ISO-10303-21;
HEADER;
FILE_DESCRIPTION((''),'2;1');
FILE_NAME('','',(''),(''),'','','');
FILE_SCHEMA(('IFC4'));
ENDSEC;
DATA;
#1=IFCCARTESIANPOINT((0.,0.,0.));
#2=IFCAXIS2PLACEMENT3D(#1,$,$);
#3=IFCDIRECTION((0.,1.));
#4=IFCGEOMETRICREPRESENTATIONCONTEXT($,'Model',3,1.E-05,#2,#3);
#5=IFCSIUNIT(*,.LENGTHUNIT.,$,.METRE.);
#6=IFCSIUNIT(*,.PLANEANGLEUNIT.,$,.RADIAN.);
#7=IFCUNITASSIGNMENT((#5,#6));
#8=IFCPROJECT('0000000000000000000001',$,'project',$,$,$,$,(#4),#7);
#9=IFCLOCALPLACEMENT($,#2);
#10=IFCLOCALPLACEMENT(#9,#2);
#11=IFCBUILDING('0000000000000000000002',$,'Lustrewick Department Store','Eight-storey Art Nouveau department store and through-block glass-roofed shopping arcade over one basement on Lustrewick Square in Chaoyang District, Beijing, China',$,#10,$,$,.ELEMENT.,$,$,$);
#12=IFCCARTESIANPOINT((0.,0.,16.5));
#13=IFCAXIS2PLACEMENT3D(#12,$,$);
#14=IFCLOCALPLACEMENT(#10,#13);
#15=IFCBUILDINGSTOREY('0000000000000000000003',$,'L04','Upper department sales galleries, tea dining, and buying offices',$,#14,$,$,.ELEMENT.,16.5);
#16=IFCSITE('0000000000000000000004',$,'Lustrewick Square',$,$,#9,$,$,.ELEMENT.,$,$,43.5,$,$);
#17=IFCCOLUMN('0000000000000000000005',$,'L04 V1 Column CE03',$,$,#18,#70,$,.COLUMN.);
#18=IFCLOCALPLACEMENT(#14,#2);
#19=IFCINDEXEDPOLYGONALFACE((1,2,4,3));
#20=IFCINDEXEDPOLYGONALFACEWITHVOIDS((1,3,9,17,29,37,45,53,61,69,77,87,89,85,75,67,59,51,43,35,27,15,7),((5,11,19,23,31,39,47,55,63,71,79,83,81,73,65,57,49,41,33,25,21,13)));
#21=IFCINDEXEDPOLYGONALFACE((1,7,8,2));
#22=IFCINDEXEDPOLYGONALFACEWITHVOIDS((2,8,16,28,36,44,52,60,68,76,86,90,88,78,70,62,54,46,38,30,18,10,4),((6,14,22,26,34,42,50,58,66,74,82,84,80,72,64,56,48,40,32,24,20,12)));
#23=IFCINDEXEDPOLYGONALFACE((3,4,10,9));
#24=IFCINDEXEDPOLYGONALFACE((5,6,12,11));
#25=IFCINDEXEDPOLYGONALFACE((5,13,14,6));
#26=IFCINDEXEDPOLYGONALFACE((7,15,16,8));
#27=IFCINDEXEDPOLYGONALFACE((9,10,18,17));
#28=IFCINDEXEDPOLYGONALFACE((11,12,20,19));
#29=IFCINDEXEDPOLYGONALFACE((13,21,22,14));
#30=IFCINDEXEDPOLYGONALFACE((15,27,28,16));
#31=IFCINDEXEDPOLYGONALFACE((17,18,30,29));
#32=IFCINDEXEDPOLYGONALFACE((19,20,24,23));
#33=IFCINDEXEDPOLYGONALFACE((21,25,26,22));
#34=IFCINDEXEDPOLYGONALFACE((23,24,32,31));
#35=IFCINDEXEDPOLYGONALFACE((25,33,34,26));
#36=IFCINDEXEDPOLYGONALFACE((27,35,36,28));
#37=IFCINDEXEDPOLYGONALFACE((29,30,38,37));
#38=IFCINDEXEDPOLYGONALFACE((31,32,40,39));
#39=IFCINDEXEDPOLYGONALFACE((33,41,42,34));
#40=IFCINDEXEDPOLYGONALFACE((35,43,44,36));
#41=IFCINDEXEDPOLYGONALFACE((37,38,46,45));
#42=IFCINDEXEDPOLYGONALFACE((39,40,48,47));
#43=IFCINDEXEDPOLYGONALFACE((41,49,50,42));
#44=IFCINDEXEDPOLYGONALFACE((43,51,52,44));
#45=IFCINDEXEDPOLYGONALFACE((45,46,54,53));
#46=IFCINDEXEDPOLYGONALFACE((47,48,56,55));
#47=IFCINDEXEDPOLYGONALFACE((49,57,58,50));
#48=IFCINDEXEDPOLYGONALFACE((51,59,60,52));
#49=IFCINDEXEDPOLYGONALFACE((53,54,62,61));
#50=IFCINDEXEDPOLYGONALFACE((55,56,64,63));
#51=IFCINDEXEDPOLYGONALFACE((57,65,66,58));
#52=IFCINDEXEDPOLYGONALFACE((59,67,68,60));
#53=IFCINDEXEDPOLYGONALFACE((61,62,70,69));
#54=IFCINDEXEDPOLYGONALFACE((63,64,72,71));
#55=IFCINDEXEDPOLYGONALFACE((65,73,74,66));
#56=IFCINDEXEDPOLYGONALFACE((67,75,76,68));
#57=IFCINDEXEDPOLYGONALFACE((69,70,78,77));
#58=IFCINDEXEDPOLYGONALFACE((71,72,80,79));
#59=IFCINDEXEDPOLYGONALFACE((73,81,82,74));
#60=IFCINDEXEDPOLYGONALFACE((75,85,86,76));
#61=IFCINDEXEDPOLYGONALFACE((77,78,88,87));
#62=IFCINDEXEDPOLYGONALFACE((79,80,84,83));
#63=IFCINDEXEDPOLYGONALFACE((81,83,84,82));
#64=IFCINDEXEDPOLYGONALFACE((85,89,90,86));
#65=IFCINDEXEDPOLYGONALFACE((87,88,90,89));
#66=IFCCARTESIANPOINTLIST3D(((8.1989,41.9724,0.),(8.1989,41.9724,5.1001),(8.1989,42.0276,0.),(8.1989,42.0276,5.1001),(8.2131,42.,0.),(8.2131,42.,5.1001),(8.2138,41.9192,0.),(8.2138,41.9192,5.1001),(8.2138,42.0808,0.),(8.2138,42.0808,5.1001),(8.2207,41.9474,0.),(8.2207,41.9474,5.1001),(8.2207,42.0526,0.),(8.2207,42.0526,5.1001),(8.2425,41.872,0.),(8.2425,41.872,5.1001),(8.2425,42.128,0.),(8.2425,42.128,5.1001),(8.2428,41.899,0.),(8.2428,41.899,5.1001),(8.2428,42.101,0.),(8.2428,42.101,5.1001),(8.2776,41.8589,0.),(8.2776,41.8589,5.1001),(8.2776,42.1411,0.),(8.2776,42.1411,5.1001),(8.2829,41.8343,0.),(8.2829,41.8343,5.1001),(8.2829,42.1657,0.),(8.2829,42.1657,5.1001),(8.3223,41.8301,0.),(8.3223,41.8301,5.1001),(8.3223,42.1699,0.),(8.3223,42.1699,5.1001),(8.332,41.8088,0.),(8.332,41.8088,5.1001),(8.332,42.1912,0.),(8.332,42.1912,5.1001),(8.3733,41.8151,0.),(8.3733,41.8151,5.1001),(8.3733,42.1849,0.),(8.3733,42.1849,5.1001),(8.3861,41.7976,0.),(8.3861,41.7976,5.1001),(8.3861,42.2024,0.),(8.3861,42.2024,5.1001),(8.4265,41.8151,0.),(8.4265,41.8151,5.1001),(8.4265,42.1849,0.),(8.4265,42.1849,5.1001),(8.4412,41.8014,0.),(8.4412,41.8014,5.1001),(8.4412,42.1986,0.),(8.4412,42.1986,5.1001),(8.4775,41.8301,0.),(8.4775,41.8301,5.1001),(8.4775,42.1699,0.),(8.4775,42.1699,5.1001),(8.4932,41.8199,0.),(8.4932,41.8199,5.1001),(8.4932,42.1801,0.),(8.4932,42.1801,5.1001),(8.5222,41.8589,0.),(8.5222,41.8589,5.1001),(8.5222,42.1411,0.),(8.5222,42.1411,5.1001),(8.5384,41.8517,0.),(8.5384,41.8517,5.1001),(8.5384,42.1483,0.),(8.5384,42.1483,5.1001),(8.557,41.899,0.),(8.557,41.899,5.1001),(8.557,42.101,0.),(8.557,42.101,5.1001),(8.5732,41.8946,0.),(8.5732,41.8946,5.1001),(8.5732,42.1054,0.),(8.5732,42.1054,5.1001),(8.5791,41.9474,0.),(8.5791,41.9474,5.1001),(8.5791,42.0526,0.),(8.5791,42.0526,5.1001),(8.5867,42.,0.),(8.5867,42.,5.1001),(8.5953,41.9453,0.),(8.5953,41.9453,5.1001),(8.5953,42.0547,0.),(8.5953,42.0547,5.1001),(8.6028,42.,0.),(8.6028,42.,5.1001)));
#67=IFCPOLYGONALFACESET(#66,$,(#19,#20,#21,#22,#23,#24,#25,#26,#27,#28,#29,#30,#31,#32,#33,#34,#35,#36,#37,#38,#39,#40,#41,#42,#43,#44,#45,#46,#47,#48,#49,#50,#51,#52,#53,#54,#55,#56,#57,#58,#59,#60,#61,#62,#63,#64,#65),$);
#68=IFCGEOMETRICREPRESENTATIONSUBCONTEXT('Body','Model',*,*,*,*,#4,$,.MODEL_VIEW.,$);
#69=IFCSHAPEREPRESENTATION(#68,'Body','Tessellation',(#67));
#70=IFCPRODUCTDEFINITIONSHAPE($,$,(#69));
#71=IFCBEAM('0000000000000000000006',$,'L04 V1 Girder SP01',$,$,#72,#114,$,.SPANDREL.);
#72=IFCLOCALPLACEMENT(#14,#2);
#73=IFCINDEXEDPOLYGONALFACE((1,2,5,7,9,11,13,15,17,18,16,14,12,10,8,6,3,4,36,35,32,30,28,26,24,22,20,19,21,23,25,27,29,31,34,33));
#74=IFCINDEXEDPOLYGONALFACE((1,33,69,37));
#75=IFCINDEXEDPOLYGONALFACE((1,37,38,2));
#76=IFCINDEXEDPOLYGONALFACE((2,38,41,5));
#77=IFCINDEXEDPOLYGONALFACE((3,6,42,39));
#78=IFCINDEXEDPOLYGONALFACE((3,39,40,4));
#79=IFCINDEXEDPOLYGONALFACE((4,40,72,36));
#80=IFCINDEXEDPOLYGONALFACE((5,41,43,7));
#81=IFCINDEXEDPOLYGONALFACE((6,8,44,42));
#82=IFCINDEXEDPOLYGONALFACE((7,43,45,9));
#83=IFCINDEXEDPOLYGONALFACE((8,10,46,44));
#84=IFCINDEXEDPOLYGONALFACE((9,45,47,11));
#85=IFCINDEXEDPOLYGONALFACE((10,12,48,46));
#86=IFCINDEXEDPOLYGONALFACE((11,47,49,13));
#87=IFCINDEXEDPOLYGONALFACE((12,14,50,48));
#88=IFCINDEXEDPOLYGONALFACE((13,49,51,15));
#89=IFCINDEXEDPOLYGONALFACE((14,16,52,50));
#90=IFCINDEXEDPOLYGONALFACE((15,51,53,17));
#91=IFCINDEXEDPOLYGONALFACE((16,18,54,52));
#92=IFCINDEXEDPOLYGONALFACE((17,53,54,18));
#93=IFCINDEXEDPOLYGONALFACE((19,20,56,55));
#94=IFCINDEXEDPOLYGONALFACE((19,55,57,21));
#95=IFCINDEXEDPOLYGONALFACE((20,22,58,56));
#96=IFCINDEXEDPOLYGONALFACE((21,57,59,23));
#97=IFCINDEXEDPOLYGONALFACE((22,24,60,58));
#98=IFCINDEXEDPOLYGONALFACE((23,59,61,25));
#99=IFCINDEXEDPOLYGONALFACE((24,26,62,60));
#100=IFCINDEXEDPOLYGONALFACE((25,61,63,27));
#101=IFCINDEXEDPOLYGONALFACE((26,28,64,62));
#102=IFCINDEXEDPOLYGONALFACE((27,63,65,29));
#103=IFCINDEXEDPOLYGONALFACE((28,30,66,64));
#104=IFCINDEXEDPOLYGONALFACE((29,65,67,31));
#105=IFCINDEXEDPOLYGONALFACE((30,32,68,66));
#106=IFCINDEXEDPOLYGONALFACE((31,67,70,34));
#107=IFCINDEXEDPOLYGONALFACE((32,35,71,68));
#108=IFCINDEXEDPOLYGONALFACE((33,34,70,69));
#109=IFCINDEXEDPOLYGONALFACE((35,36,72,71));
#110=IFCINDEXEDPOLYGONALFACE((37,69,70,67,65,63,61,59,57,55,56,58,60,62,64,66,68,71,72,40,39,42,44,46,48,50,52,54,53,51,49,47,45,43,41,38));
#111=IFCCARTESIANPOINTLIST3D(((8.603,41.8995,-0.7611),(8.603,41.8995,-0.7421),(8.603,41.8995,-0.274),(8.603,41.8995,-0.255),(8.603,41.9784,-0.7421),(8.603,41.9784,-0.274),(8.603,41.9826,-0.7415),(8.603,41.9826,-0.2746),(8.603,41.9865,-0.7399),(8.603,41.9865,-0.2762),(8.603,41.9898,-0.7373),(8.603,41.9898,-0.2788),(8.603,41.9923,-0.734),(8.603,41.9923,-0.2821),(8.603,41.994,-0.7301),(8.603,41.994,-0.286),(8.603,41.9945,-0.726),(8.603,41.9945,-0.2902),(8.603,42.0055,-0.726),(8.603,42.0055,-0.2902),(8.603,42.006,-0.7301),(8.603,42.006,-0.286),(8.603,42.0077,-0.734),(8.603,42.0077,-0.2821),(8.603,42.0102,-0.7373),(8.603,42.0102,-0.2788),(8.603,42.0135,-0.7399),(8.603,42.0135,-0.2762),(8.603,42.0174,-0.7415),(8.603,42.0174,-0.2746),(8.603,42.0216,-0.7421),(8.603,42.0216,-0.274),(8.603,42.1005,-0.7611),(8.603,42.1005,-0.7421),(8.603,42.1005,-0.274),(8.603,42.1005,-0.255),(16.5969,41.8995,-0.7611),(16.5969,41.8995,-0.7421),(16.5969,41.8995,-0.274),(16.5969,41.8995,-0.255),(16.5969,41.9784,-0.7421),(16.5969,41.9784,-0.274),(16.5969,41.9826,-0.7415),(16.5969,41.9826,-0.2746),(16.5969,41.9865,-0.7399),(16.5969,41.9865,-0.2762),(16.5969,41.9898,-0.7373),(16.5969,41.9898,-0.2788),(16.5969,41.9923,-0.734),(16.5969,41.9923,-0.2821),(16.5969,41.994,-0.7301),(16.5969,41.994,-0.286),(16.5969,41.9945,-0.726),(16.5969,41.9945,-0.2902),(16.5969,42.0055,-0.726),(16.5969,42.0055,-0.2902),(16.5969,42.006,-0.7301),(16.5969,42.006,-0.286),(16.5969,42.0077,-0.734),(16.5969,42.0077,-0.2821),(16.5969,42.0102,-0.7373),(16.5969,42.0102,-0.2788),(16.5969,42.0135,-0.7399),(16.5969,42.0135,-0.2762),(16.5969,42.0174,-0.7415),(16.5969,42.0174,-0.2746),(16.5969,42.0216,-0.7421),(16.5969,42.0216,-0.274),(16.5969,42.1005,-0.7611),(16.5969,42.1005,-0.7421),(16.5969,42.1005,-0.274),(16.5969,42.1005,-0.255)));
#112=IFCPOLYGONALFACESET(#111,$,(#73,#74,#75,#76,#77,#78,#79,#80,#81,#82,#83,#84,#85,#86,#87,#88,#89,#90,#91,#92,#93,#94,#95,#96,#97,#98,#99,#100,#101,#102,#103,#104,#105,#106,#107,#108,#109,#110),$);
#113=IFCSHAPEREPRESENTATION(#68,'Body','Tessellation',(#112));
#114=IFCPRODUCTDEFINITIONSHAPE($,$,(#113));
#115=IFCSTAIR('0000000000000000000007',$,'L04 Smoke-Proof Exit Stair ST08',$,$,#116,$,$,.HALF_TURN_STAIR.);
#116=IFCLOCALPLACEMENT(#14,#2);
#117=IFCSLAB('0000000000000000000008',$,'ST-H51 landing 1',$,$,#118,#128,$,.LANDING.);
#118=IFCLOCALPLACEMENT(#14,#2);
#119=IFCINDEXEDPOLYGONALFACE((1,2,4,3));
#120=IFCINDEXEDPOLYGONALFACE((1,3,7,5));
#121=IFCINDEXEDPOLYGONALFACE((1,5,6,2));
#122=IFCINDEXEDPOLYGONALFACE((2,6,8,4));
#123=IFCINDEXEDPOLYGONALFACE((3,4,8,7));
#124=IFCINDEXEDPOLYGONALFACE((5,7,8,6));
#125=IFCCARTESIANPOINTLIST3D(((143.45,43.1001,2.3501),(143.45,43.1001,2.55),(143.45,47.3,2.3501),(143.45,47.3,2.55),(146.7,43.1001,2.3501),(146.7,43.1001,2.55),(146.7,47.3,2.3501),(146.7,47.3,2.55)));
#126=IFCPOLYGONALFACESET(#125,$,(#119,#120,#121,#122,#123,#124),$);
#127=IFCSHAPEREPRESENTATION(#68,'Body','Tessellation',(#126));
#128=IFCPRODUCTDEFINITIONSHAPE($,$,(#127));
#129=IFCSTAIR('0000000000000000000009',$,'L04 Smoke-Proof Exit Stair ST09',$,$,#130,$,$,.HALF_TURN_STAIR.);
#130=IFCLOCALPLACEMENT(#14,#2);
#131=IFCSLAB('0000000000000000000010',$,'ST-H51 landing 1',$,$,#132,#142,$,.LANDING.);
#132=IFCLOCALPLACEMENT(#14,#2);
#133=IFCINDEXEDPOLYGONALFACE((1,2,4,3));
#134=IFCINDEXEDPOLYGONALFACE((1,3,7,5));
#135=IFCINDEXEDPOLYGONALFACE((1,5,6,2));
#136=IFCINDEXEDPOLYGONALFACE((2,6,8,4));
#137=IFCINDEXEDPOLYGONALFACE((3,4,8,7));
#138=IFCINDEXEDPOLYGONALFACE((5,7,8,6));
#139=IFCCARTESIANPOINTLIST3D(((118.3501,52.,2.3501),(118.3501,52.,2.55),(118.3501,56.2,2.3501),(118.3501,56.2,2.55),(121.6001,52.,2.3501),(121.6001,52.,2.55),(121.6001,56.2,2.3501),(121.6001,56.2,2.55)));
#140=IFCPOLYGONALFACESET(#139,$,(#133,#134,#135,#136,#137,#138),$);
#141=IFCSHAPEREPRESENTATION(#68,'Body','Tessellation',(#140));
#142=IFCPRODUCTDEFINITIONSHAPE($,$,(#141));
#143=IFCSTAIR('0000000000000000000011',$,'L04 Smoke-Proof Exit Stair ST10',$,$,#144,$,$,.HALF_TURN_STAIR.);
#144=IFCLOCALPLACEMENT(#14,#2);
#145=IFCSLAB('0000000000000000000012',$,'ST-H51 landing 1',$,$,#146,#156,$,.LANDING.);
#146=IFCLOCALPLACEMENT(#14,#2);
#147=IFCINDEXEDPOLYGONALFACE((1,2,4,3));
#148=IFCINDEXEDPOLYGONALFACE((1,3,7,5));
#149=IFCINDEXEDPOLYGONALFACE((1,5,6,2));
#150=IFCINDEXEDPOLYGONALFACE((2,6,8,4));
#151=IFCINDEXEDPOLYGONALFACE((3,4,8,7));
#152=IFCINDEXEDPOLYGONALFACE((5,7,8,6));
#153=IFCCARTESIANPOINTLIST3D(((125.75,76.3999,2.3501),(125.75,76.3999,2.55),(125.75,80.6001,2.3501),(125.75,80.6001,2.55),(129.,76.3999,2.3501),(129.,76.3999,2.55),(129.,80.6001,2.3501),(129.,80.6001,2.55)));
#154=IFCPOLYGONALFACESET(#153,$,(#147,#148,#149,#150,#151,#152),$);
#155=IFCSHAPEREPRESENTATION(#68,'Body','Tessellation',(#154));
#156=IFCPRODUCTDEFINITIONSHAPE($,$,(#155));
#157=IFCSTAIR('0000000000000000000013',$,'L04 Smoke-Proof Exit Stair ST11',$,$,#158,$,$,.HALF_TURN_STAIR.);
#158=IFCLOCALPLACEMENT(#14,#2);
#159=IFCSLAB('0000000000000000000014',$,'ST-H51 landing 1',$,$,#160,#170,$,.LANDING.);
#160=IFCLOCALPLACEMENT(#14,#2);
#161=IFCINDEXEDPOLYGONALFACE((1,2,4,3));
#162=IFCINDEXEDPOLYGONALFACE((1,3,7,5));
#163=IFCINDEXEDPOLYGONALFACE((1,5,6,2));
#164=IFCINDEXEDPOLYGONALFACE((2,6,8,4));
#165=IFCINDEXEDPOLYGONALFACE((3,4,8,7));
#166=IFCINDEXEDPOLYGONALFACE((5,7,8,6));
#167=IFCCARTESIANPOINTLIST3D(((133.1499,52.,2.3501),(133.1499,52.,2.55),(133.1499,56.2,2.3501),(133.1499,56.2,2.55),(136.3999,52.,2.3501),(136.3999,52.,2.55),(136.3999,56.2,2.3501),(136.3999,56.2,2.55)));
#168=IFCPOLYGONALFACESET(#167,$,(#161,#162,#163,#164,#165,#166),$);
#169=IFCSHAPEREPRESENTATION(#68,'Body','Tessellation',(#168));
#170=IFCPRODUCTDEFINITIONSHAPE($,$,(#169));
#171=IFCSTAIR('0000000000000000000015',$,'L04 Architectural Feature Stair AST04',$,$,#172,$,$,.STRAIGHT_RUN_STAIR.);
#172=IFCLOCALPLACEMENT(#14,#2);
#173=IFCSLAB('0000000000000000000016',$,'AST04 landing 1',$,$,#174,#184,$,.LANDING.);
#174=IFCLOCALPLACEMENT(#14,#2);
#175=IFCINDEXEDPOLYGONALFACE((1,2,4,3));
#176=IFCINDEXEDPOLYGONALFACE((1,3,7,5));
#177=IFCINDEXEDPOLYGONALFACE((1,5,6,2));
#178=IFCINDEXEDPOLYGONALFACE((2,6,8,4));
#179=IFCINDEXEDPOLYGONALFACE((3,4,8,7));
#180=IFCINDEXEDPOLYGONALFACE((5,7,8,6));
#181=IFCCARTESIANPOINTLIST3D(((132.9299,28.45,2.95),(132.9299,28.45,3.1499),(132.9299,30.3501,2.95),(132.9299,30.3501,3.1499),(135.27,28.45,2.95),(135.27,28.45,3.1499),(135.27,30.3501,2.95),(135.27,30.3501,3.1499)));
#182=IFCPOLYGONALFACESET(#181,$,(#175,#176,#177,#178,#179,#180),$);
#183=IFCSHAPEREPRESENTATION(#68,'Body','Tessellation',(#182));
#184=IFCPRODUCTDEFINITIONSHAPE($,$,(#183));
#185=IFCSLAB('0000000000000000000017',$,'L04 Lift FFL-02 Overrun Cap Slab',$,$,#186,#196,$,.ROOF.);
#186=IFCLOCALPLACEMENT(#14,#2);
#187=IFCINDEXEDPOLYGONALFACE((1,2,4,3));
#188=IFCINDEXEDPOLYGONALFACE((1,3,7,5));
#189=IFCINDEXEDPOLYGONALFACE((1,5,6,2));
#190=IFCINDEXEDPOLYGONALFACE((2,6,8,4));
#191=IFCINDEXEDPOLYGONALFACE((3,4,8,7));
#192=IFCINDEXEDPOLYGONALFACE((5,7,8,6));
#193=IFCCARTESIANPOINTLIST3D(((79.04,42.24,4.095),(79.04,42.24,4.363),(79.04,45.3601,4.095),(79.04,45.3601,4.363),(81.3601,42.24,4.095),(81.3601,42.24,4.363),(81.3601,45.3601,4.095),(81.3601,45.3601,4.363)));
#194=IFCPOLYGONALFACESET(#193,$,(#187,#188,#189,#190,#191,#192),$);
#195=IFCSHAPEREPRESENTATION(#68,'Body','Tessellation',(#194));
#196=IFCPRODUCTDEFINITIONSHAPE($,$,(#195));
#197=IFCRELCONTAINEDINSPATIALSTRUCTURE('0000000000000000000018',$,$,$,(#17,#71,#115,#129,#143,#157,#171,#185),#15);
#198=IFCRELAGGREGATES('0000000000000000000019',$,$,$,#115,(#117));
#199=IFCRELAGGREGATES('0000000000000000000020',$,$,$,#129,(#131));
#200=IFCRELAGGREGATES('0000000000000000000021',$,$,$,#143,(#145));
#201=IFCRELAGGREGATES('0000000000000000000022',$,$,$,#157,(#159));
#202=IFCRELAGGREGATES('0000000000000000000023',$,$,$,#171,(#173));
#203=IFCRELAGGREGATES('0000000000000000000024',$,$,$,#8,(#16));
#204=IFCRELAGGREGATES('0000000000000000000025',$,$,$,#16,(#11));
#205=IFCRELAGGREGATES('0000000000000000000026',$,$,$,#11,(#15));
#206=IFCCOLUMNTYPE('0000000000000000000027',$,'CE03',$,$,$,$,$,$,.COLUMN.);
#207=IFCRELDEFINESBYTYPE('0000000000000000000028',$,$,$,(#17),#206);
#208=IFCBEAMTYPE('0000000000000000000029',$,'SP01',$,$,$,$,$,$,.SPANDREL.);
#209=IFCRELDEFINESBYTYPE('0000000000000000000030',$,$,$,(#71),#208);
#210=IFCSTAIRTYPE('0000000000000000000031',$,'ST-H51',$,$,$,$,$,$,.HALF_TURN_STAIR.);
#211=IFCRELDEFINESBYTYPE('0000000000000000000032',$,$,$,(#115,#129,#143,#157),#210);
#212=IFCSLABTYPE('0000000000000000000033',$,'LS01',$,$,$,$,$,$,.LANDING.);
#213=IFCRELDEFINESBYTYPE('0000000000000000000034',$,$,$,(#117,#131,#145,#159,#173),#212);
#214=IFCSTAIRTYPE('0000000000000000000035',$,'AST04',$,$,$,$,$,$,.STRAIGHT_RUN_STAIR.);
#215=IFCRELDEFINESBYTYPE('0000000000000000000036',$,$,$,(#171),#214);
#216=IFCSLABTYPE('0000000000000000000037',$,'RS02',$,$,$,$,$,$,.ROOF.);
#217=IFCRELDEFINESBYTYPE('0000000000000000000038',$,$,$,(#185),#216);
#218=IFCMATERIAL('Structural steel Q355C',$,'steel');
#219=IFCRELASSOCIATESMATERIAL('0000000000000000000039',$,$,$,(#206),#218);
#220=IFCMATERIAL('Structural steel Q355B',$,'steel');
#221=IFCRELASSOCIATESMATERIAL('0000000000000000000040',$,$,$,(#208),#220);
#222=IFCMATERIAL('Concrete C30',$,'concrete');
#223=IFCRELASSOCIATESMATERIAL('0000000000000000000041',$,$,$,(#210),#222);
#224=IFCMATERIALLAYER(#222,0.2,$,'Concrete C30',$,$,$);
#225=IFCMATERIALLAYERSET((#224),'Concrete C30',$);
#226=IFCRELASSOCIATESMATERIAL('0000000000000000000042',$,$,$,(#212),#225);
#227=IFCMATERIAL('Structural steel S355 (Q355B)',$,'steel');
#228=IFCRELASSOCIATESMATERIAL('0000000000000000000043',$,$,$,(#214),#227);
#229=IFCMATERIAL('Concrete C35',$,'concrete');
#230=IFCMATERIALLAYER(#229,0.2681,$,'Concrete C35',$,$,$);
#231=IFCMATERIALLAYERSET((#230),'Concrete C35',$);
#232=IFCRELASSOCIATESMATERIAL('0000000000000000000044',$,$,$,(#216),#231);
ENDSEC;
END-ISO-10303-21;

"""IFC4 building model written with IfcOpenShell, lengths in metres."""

from ifc_helpers import new_model, si_unit, direction, frame, origin, origin_2d, place, context, subcontext, project, spatial, polyline, hollow_circle, i_section, outline, extrude, material, layer, layer_set, material_profile, profile_set, type_object, element, aggregate, save


model = new_model("IFC4")

# Units and contexts
model_context = context("Model", 3, precision=1e-05, world=origin(), true_north=direction((0.0, 1.0)))
body_context = subcontext(model_context, "Body", "Model", "MODEL_VIEW")
ifc_project = project(units=[si_unit("LENGTHUNIT", "METRE"), si_unit("PLANEANGLEUNIT", "RADIAN")], contexts=[model_context])

# Site, building, storey
site_placement = place(None, origin())
site = spatial("IfcSite", under=ifc_project, at=site_placement, Name="Lustrewick Square", CompositionType="ELEMENT", RefElevation=43.5)
building_placement = place(site_placement, origin())
building = spatial("IfcBuilding", under=site, at=building_placement, Name="Lustrewick Department Store", Description="Eight-storey Art Nouveau department store and through-block glass-roofed shopping arcade over one basement on Lustrewick Square in Chaoyang District, Beijing, China", CompositionType="ELEMENT")
storey_placement = place(building_placement, frame((0.0, 0.0, 16.5)))
storey = spatial("IfcBuildingStorey", under=building, at=storey_placement, Name="L04", Description="Upper department sales galleries, tea dining, and buying offices", CompositionType="ELEMENT", Elevation=16.5)

# Column
ifc_material_1 = material(Name="Structural steel Q355C", Category="steel")
ifc_material_profile_1 = material_profile(ifc_material_1, hollow_circle(Radius=0.2029, WallThickness=0.0161, at=origin_2d()), Name="CHS 406x16")
ifc_profile_set_1 = profile_set([ifc_material_profile_1], Name="Structural steel Q355C")
column_type = type_object("IfcColumnType", Name="CE03", PredefinedType="COLUMN", material=ifc_profile_set_1)
column_placement = place(storey_placement, frame((8.3999, 42.0, 0.0), z_axis=(0.0, 0.0, 1.0), x_axis=(1.0, 0.0, 0.0)))
element("IfcColumn", 1, at=column_placement, inside=storey, type_object=column_type, Name="L04 V1 Column CE03", PredefinedType="COLUMN", context=body_context, shape_type="SweptSolid", body=[
    extrude(hollow_circle(Radius=0.2029, WallThickness=0.0161, at=origin_2d()), origin(), (0.0, 0.0, 1.0), 5.1001),
])

# Beam
ifc_material_2 = material(Name="Structural steel Q355B", Category="steel")
ifc_material_profile_2 = material_profile(ifc_material_2, i_section(OverallWidth=0.2009, OverallDepth=0.5061, WebThickness=0.011, FlangeThickness=0.019, FilletRadius=0.0161, at=origin_2d()), Name="HN 506x201x11x19")
ifc_profile_set_2 = profile_set([ifc_material_profile_2], Name="Structural steel Q355B")
beam_type = type_object("IfcBeamType", Name="SP01", PredefinedType="SPANDREL", material=ifc_profile_set_2)
beam_placement = place(storey_placement, frame((8.603, 42.0, -0.5081), z_axis=(1.0, 0.0, 0.0), x_axis=(0.0, 1.0, 0.0)))
element("IfcBeam", 2, at=beam_placement, inside=storey, type_object=beam_type, Name="L04 V1 Girder SP01", PredefinedType="SPANDREL", context=body_context, shape_type="SweptSolid", body=[
    extrude(i_section(OverallWidth=0.2009, OverallDepth=0.5061, WebThickness=0.011, FlangeThickness=0.019, FilletRadius=0.0161, at=origin_2d()), origin(), (0.0, 0.0, 1.0), 7.9939),
])

# Stairs, slabs
ifc_material_3 = material(Name="Concrete C30", Category="concrete")
stair_type_1 = type_object("IfcStairType", Name="ST-H51", PredefinedType="HALF_TURN_STAIR", material=ifc_material_3)
stair_1_placement = place(storey_placement, origin())
stair_1 = element("IfcStair", 3, at=stair_1_placement, inside=storey, type_object=stair_type_1, Name="L04 Smoke-Proof Exit Stair ST08", PredefinedType="HALF_TURN_STAIR")
ifc_layer_1 = layer(ifc_material_3, 0.2, Name="Concrete C30")
ifc_layer_set_1 = layer_set([ifc_layer_1], Name="Concrete C30")
slab_type_1 = type_object("IfcSlabType", Name="LS01", PredefinedType="LANDING", material=ifc_layer_set_1)
slab_1_placement = place(storey_placement, frame((0.0, 0.0, 2.3501)))
slab_1 = element("IfcSlab", 4, at=slab_1_placement, type_object=slab_type_1, Name="ST-H51 landing 1", PredefinedType="LANDING", context=body_context, shape_type="SweptSolid", body=[
    extrude(outline(polyline([(143.45, 43.1001), (146.7, 43.1001), (146.7, 47.3), (143.45, 47.3), (143.45, 43.1001)])), origin(), (0.0, 0.0, 1.0), 0.2),
])
aggregate(stair_1, [slab_1])
stair_2_placement = place(storey_placement, origin())
stair_2 = element("IfcStair", 5, at=stair_2_placement, inside=storey, type_object=stair_type_1, Name="L04 Smoke-Proof Exit Stair ST09", PredefinedType="HALF_TURN_STAIR")
slab_2_placement = place(storey_placement, frame((0.0, 0.0, 2.3501)))
slab_2 = element("IfcSlab", 6, at=slab_2_placement, type_object=slab_type_1, Name="ST-H51 landing 1", PredefinedType="LANDING", context=body_context, shape_type="SweptSolid", body=[
    extrude(outline(polyline([(118.3501, 52.0), (121.6001, 52.0), (121.6001, 56.2), (118.3501, 56.2), (118.3501, 52.0)])), origin(), (0.0, 0.0, 1.0), 0.2),
])
aggregate(stair_2, [slab_2])
stair_3_placement = place(storey_placement, origin())
stair_3 = element("IfcStair", 7, at=stair_3_placement, inside=storey, type_object=stair_type_1, Name="L04 Smoke-Proof Exit Stair ST10", PredefinedType="HALF_TURN_STAIR")
slab_3_placement = place(storey_placement, frame((0.0, 0.0, 2.3501)))
slab_3 = element("IfcSlab", 8, at=slab_3_placement, type_object=slab_type_1, Name="ST-H51 landing 1", PredefinedType="LANDING", context=body_context, shape_type="SweptSolid", body=[
    extrude(outline(polyline([(125.75, 76.3999), (129.0, 76.3999), (129.0, 80.6001), (125.75, 80.6001), (125.75, 76.3999)])), origin(), (0.0, 0.0, 1.0), 0.2),
])
aggregate(stair_3, [slab_3])
stair_4_placement = place(storey_placement, origin())
stair_4 = element("IfcStair", 9, at=stair_4_placement, inside=storey, type_object=stair_type_1, Name="L04 Smoke-Proof Exit Stair ST11", PredefinedType="HALF_TURN_STAIR")
slab_4_placement = place(storey_placement, frame((0.0, 0.0, 2.3501)))
slab_4 = element("IfcSlab", 10, at=slab_4_placement, type_object=slab_type_1, Name="ST-H51 landing 1", PredefinedType="LANDING", context=body_context, shape_type="SweptSolid", body=[
    extrude(outline(polyline([(133.1499, 52.0), (136.3999, 52.0), (136.3999, 56.2), (133.1499, 56.2), (133.1499, 52.0)])), origin(), (0.0, 0.0, 1.0), 0.2),
])
aggregate(stair_4, [slab_4])
ifc_material_4 = material(Name="Structural steel S355 (Q355B)", Category="steel")
stair_type_2 = type_object("IfcStairType", Name="AST04", PredefinedType="STRAIGHT_RUN_STAIR", material=ifc_material_4)
stair_5_placement = place(storey_placement, origin())
stair_5 = element("IfcStair", 11, at=stair_5_placement, inside=storey, type_object=stair_type_2, Name="L04 Architectural Feature Stair AST04", PredefinedType="STRAIGHT_RUN_STAIR")
slab_5_placement = place(storey_placement, frame((0.0, 0.0, 2.95)))
slab_5 = element("IfcSlab", 12, at=slab_5_placement, type_object=slab_type_1, Name="AST04 landing 1", PredefinedType="LANDING", context=body_context, shape_type="SweptSolid", body=[
    extrude(outline(polyline([(135.27, 28.45), (135.27, 30.3501), (132.9299, 30.3501), (132.9299, 28.45), (135.27, 28.45)])), origin(), (0.0, 0.0, 1.0), 0.2),
])
aggregate(stair_5, [slab_5])

# Slab
ifc_material_5 = material(Name="Concrete C35", Category="concrete")
ifc_layer_2 = layer(ifc_material_5, 0.2681, Name="Concrete C35")
ifc_layer_set_2 = layer_set([ifc_layer_2], Name="Concrete C35")
slab_type_2 = type_object("IfcSlabType", Name="RS02", PredefinedType="ROOF", material=ifc_layer_set_2)
slab_6_placement = place(storey_placement, frame((0.0, 0.0, 4.095)))
element("IfcSlab", 13, at=slab_6_placement, inside=storey, type_object=slab_type_2, Name="L04 Lift FFL-02 Overrun Cap Slab", PredefinedType="ROOF", context=body_context, shape_type="SweptSolid", body=[
    extrude(outline(polyline([(81.3601, 42.24), (81.3601, 45.3601), (79.04, 45.3601), (79.04, 42.24), (81.3601, 42.24)])), origin(), (0.0, 0.0, 1.0), 0.2681),
])

save(model, "model.ifc")
